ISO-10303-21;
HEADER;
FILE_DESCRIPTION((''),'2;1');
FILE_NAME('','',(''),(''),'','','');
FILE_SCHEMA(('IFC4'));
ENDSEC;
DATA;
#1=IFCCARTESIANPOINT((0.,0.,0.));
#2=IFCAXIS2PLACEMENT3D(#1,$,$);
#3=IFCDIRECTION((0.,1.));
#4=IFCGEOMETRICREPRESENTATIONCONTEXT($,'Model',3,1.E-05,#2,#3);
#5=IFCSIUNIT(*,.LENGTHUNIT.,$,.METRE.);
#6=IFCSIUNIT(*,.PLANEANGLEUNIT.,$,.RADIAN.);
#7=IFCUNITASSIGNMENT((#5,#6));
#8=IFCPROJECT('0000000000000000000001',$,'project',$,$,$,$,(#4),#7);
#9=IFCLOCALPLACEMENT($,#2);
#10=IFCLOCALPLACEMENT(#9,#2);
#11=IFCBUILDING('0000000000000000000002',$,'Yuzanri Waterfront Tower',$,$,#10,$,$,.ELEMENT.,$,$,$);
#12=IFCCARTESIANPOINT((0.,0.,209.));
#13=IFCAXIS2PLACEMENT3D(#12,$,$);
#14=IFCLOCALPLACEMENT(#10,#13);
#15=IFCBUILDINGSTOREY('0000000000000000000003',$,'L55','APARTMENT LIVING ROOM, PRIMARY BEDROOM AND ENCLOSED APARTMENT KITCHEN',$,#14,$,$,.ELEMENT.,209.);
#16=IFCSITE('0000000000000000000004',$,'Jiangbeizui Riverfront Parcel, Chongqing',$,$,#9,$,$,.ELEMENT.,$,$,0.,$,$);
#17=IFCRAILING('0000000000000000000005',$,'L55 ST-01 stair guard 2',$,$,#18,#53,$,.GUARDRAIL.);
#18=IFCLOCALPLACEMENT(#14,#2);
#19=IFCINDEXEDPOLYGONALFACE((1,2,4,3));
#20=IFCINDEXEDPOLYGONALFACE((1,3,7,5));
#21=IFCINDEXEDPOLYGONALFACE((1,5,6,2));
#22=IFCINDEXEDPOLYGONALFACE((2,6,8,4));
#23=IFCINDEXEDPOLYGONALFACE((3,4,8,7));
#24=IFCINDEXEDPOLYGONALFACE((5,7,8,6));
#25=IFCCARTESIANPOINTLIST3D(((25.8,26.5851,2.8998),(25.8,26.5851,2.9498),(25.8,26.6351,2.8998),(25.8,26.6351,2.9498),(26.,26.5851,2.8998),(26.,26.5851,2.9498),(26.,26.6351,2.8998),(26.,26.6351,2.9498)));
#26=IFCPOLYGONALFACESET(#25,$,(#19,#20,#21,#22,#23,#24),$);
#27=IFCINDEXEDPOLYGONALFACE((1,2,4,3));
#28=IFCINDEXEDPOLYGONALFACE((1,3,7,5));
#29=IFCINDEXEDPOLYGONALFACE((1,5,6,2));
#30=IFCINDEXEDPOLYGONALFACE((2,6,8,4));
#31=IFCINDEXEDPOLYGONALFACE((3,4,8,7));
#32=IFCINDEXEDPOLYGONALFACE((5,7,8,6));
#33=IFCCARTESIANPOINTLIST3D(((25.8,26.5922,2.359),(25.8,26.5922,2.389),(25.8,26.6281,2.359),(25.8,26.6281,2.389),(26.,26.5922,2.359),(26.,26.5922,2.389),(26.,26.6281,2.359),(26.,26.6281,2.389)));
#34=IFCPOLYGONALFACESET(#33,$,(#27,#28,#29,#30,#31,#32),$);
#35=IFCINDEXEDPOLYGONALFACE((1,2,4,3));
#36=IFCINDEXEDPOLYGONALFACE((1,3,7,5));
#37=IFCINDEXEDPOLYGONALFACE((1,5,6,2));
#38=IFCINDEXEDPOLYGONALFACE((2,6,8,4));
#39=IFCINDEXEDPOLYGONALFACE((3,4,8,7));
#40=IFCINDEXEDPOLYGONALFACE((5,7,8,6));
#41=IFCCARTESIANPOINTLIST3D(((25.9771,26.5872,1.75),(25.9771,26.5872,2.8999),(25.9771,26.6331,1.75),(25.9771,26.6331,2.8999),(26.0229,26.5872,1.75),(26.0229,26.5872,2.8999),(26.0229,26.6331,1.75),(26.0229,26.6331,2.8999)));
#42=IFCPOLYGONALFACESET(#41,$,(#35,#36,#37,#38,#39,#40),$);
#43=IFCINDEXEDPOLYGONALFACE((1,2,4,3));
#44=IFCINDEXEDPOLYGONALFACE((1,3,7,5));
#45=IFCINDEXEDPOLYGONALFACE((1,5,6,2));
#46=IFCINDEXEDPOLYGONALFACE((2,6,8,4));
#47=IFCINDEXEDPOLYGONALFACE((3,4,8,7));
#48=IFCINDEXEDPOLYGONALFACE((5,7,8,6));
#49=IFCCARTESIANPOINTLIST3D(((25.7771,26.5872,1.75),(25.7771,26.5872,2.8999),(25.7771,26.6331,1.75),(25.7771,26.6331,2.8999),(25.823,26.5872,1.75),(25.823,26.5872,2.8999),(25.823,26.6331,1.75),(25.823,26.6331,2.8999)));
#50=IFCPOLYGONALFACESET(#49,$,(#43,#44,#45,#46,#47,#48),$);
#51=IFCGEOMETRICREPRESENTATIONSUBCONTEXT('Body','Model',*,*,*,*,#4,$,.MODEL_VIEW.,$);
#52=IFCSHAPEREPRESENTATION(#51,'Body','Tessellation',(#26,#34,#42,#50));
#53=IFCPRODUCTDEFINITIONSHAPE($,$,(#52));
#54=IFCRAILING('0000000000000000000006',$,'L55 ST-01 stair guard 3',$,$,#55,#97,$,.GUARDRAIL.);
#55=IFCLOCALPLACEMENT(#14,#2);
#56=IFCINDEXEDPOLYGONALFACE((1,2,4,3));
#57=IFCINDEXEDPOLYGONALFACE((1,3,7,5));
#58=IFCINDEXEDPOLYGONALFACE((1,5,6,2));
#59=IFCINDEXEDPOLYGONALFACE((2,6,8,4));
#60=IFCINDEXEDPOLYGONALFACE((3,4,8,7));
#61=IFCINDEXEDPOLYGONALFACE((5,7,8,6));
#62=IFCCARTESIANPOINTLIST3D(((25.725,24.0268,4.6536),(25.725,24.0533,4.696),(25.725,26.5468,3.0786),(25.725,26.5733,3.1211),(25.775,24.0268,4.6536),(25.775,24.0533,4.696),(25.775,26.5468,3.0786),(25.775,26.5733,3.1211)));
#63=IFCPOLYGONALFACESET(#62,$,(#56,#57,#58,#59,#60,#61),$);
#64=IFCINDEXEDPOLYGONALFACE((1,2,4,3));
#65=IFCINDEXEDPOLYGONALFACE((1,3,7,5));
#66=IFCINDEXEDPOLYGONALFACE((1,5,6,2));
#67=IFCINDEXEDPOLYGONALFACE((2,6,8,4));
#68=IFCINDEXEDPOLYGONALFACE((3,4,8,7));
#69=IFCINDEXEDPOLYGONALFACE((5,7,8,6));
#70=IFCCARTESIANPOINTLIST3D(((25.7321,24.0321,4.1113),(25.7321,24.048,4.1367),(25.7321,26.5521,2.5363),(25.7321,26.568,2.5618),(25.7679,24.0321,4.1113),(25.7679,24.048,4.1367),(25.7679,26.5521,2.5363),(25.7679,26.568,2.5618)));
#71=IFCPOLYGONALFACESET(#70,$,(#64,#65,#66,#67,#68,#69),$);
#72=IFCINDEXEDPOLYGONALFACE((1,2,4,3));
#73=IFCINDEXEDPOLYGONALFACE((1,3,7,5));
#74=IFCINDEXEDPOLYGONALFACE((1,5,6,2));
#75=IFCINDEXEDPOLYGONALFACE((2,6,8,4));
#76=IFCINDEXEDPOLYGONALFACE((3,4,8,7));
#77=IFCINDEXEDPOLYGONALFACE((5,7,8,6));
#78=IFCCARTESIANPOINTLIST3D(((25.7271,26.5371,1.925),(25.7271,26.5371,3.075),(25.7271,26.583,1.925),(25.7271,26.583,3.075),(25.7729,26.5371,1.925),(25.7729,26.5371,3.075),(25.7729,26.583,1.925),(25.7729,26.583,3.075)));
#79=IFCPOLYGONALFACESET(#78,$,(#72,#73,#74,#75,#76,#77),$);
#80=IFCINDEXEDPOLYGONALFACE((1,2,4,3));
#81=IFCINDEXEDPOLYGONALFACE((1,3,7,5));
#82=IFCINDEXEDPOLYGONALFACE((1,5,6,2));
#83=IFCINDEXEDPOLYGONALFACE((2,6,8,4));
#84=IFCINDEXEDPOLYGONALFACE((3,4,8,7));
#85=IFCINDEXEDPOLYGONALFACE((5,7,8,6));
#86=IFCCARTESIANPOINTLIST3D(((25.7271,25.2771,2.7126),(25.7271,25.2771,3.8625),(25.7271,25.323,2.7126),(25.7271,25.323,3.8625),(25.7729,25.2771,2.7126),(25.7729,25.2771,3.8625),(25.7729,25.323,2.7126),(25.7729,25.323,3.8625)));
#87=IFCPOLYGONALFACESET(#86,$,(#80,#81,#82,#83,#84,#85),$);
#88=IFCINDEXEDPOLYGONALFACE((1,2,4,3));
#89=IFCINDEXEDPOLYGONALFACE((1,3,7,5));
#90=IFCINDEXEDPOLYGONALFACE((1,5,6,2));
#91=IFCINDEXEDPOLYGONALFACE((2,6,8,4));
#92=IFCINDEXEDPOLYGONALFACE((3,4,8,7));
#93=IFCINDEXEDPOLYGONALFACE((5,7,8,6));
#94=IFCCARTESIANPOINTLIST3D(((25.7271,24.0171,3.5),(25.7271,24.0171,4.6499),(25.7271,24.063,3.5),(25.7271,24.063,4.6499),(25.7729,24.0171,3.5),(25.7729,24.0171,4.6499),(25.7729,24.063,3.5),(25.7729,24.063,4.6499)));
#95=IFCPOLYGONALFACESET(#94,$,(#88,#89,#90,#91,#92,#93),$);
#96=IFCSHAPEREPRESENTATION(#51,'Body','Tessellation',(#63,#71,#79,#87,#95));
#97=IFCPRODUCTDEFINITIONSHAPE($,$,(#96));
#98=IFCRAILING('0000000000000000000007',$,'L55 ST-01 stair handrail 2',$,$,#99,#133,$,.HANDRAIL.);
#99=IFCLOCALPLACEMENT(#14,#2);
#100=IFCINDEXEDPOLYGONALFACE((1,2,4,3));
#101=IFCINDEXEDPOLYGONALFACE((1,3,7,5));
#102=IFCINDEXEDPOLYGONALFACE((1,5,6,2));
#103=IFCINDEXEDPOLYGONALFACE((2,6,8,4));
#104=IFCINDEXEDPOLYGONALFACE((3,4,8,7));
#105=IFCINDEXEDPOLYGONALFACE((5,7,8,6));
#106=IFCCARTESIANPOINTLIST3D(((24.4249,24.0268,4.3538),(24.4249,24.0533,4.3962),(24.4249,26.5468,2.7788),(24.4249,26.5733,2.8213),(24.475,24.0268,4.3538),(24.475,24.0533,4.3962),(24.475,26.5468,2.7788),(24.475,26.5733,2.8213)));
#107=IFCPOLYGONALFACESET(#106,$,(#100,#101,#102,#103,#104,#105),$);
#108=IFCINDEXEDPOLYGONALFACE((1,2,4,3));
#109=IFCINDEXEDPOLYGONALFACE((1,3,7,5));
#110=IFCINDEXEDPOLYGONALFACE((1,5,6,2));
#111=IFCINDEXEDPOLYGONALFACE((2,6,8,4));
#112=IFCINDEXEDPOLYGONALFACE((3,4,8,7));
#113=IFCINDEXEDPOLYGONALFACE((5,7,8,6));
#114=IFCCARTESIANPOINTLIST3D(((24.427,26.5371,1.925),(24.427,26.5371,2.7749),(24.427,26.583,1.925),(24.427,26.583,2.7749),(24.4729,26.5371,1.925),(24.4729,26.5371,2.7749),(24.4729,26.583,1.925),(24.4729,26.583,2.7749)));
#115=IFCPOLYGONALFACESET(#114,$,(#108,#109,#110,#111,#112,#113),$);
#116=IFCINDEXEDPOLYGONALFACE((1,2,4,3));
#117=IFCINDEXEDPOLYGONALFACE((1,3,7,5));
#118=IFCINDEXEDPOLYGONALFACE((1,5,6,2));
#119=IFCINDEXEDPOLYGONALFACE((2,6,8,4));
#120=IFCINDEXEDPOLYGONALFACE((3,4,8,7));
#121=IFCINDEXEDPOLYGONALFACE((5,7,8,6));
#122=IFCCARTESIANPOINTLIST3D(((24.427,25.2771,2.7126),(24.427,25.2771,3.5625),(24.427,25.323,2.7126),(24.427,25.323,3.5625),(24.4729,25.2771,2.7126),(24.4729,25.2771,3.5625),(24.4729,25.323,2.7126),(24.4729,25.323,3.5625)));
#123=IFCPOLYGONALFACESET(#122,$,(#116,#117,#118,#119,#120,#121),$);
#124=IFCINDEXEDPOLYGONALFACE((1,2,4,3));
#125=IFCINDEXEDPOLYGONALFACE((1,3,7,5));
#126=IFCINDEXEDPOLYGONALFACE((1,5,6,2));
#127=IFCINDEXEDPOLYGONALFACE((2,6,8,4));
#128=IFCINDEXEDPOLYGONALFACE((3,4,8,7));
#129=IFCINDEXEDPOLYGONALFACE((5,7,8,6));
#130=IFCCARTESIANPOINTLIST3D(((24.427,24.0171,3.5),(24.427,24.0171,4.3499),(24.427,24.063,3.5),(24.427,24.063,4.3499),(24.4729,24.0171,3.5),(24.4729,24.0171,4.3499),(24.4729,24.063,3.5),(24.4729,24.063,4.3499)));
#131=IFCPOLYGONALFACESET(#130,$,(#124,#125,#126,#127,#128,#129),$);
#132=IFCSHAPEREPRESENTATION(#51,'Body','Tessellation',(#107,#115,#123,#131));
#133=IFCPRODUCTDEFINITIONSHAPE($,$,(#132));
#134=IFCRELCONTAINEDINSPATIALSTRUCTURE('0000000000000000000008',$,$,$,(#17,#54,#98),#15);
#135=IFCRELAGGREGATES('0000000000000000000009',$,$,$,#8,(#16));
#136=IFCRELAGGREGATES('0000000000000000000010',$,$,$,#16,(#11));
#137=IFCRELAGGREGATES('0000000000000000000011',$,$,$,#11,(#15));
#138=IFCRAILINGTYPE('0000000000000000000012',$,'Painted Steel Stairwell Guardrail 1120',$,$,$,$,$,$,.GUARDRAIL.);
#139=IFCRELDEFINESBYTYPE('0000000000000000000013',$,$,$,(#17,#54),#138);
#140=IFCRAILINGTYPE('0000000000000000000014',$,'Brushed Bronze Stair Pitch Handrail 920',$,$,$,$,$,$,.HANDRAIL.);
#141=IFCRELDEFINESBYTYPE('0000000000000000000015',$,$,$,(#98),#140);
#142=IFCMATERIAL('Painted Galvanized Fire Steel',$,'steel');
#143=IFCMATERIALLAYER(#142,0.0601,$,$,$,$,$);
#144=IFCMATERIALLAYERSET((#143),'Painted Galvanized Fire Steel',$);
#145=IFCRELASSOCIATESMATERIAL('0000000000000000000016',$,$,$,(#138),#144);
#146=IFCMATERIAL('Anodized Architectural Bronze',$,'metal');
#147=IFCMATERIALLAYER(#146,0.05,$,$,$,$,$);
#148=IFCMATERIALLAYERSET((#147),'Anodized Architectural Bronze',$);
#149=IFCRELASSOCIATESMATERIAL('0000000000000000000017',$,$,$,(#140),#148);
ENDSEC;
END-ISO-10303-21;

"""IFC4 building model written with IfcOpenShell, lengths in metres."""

from ifc_helpers import new_model, si_unit, direction, frame, origin, origin_2d, place, context, subcontext, project, spatial, rectangle, extrude, source, transform, mapped, material, layer, layer_set, type_object, element, save


model = new_model("IFC4")

# Units and contexts
model_context = context("Model", 3, precision=1e-05, world=origin(), true_north=direction((0.0, 1.0)))
body_context = subcontext(model_context, "Body", "Model", "MODEL_VIEW")
ifc_project = project(units=[si_unit("LENGTHUNIT", "METRE"), si_unit("PLANEANGLEUNIT", "RADIAN")], contexts=[model_context])

# Site, building, storey
site_placement = place(None, origin())
site = spatial("IfcSite", under=ifc_project, at=site_placement, Name="Jiangbeizui Riverfront Parcel, Chongqing", CompositionType="ELEMENT", RefElevation=0.0)
building_placement = place(site_placement, origin())
building = spatial("IfcBuilding", under=site, at=building_placement, Name="Yuzanri Waterfront Tower", CompositionType="ELEMENT")
storey_placement = place(building_placement, frame((0.0, 0.0, 209.0)))
storey = spatial("IfcBuildingStorey", under=building, at=storey_placement, Name="L55", Description="APARTMENT LIVING ROOM, PRIMARY BEDROOM AND ENCLOSED APARTMENT KITCHEN", CompositionType="ELEMENT", Elevation=209.0)

# Railings
ifc_material_1 = material(Name="Painted Galvanized Fire Steel", Category="steel")
ifc_layer_1 = layer(ifc_material_1, 0.0601)
ifc_layer_set_1 = layer_set([ifc_layer_1], Name="Painted Galvanized Fire Steel")
railing_type_1 = type_object("IfcRailingType", Name="Painted Steel Stairwell Guardrail 1120", PredefinedType="GUARDRAIL", material=ifc_layer_set_1)
shared_shape_1 = source(origin(), body_context, "Body", "SweptSolid", [
    extrude(rectangle(XDim=0.05, YDim=0.05, at=origin_2d()), frame((0.0, 0.0, 1.1748), z_axis=(-1.0, 0.0, 0.0), x_axis=(0.0, -1.0, 0.0)), (0.0, 0.0, 1.0), 0.2),
    extrude(rectangle(XDim=0.0359, YDim=0.03, at=origin_2d()), frame((0.0, 0.0, 0.624), z_axis=(-1.0, 0.0, 0.0), x_axis=(0.0, -1.0, 0.0)), (0.0, 0.0, 1.0), 0.2),
    extrude(rectangle(XDim=0.0459, YDim=0.0459, at=origin_2d()), origin(), (0.0, 0.0, 1.0), 1.1499),
    extrude(rectangle(XDim=0.0459, YDim=0.0459, at=origin_2d()), frame((-0.2, 0.0, 0.0)), (0.0, 0.0, 1.0), 1.1499),
])
railing_1_placement = place(storey_placement, frame((26.0, 26.6101, 1.75)))
element("IfcRailing", 1, at=railing_1_placement, inside=storey, type_object=railing_type_1, Name="L55 ST-01 stair guard 2", PredefinedType="GUARDRAIL", context=body_context, shape_type="MappedRepresentation", body=[
    mapped(shared_shape_1, transform((0.0, 0.0, 0.0), scale=1.0)),
])
shared_shape_2 = source(origin(), body_context, "Body", "SweptSolid", [
    extrude(rectangle(XDim=0.05, YDim=0.05, at=origin_2d()), frame((0.0, 0.0, 1.1748), z_axis=(0.0, -0.848008, 0.529984), x_axis=(1.0, 0.0, 0.0)), (0.0, 0.0, 1.0), 2.9717),
    extrude(rectangle(XDim=0.0359, YDim=0.03, at=origin_2d()), frame((0.0, 0.0, 0.624), z_axis=(0.0, -0.848008, 0.529984), x_axis=(1.0, 0.0, 0.0)), (0.0, 0.0, 1.0), 2.9717),
    extrude(rectangle(XDim=0.0459, YDim=0.0459, at=origin_2d()), origin(), (0.0, 0.0, 1.0), 1.1499),
    extrude(rectangle(XDim=0.0459, YDim=0.0459, at=origin_2d()), frame((0.0, -1.26, 0.7876)), (0.0, 0.0, 1.0), 1.1499),
    extrude(rectangle(XDim=0.0459, YDim=0.0459, at=origin_2d()), frame((0.0, -2.52, 1.575)), (0.0, 0.0, 1.0), 1.1499),
])
railing_2_placement = place(storey_placement, frame((25.75, 26.5601, 1.925)))
element("IfcRailing", 2, at=railing_2_placement, inside=storey, type_object=railing_type_1, Name="L55 ST-01 stair guard 3", PredefinedType="GUARDRAIL", context=body_context, shape_type="MappedRepresentation", body=[
    mapped(shared_shape_2, transform((0.0, 0.0, 0.0), scale=1.0)),
])
ifc_material_2 = material(Name="Anodized Architectural Bronze", Category="metal")
ifc_layer_2 = layer(ifc_material_2, 0.05)
ifc_layer_set_2 = layer_set([ifc_layer_2], Name="Anodized Architectural Bronze")
railing_type_2 = type_object("IfcRailingType", Name="Brushed Bronze Stair Pitch Handrail 920", PredefinedType="HANDRAIL", material=ifc_layer_set_2)
shared_shape_3 = source(origin(), body_context, "Body", "SweptSolid", [
    extrude(rectangle(XDim=0.05, YDim=0.05, at=origin_2d()), frame((0.0, 0.0, 0.875), z_axis=(0.0, -0.848008, 0.529984), x_axis=(1.0, 0.0, 0.0)), (0.0, 0.0, 1.0), 2.9717),
    extrude(rectangle(XDim=0.0459, YDim=0.0459, at=origin_2d()), origin(), (0.0, 0.0, 1.0), 0.8499),
    extrude(rectangle(XDim=0.0459, YDim=0.0459, at=origin_2d()), frame((0.0, -1.26, 0.7876)), (0.0, 0.0, 1.0), 0.8499),
    extrude(rectangle(XDim=0.0459, YDim=0.0459, at=origin_2d()), frame((0.0, -2.52, 1.575)), (0.0, 0.0, 1.0), 0.8499),
])
railing_3_placement = place(storey_placement, frame((24.45, 26.5601, 1.925)))
element("IfcRailing", 3, at=railing_3_placement, inside=storey, type_object=railing_type_2, Name="L55 ST-01 stair handrail 2", PredefinedType="HANDRAIL", context=body_context, shape_type="MappedRepresentation", body=[
    mapped(shared_shape_3, transform((0.0, 0.0, 0.0), scale=1.0)),
])

save(model, "model.ifc")
